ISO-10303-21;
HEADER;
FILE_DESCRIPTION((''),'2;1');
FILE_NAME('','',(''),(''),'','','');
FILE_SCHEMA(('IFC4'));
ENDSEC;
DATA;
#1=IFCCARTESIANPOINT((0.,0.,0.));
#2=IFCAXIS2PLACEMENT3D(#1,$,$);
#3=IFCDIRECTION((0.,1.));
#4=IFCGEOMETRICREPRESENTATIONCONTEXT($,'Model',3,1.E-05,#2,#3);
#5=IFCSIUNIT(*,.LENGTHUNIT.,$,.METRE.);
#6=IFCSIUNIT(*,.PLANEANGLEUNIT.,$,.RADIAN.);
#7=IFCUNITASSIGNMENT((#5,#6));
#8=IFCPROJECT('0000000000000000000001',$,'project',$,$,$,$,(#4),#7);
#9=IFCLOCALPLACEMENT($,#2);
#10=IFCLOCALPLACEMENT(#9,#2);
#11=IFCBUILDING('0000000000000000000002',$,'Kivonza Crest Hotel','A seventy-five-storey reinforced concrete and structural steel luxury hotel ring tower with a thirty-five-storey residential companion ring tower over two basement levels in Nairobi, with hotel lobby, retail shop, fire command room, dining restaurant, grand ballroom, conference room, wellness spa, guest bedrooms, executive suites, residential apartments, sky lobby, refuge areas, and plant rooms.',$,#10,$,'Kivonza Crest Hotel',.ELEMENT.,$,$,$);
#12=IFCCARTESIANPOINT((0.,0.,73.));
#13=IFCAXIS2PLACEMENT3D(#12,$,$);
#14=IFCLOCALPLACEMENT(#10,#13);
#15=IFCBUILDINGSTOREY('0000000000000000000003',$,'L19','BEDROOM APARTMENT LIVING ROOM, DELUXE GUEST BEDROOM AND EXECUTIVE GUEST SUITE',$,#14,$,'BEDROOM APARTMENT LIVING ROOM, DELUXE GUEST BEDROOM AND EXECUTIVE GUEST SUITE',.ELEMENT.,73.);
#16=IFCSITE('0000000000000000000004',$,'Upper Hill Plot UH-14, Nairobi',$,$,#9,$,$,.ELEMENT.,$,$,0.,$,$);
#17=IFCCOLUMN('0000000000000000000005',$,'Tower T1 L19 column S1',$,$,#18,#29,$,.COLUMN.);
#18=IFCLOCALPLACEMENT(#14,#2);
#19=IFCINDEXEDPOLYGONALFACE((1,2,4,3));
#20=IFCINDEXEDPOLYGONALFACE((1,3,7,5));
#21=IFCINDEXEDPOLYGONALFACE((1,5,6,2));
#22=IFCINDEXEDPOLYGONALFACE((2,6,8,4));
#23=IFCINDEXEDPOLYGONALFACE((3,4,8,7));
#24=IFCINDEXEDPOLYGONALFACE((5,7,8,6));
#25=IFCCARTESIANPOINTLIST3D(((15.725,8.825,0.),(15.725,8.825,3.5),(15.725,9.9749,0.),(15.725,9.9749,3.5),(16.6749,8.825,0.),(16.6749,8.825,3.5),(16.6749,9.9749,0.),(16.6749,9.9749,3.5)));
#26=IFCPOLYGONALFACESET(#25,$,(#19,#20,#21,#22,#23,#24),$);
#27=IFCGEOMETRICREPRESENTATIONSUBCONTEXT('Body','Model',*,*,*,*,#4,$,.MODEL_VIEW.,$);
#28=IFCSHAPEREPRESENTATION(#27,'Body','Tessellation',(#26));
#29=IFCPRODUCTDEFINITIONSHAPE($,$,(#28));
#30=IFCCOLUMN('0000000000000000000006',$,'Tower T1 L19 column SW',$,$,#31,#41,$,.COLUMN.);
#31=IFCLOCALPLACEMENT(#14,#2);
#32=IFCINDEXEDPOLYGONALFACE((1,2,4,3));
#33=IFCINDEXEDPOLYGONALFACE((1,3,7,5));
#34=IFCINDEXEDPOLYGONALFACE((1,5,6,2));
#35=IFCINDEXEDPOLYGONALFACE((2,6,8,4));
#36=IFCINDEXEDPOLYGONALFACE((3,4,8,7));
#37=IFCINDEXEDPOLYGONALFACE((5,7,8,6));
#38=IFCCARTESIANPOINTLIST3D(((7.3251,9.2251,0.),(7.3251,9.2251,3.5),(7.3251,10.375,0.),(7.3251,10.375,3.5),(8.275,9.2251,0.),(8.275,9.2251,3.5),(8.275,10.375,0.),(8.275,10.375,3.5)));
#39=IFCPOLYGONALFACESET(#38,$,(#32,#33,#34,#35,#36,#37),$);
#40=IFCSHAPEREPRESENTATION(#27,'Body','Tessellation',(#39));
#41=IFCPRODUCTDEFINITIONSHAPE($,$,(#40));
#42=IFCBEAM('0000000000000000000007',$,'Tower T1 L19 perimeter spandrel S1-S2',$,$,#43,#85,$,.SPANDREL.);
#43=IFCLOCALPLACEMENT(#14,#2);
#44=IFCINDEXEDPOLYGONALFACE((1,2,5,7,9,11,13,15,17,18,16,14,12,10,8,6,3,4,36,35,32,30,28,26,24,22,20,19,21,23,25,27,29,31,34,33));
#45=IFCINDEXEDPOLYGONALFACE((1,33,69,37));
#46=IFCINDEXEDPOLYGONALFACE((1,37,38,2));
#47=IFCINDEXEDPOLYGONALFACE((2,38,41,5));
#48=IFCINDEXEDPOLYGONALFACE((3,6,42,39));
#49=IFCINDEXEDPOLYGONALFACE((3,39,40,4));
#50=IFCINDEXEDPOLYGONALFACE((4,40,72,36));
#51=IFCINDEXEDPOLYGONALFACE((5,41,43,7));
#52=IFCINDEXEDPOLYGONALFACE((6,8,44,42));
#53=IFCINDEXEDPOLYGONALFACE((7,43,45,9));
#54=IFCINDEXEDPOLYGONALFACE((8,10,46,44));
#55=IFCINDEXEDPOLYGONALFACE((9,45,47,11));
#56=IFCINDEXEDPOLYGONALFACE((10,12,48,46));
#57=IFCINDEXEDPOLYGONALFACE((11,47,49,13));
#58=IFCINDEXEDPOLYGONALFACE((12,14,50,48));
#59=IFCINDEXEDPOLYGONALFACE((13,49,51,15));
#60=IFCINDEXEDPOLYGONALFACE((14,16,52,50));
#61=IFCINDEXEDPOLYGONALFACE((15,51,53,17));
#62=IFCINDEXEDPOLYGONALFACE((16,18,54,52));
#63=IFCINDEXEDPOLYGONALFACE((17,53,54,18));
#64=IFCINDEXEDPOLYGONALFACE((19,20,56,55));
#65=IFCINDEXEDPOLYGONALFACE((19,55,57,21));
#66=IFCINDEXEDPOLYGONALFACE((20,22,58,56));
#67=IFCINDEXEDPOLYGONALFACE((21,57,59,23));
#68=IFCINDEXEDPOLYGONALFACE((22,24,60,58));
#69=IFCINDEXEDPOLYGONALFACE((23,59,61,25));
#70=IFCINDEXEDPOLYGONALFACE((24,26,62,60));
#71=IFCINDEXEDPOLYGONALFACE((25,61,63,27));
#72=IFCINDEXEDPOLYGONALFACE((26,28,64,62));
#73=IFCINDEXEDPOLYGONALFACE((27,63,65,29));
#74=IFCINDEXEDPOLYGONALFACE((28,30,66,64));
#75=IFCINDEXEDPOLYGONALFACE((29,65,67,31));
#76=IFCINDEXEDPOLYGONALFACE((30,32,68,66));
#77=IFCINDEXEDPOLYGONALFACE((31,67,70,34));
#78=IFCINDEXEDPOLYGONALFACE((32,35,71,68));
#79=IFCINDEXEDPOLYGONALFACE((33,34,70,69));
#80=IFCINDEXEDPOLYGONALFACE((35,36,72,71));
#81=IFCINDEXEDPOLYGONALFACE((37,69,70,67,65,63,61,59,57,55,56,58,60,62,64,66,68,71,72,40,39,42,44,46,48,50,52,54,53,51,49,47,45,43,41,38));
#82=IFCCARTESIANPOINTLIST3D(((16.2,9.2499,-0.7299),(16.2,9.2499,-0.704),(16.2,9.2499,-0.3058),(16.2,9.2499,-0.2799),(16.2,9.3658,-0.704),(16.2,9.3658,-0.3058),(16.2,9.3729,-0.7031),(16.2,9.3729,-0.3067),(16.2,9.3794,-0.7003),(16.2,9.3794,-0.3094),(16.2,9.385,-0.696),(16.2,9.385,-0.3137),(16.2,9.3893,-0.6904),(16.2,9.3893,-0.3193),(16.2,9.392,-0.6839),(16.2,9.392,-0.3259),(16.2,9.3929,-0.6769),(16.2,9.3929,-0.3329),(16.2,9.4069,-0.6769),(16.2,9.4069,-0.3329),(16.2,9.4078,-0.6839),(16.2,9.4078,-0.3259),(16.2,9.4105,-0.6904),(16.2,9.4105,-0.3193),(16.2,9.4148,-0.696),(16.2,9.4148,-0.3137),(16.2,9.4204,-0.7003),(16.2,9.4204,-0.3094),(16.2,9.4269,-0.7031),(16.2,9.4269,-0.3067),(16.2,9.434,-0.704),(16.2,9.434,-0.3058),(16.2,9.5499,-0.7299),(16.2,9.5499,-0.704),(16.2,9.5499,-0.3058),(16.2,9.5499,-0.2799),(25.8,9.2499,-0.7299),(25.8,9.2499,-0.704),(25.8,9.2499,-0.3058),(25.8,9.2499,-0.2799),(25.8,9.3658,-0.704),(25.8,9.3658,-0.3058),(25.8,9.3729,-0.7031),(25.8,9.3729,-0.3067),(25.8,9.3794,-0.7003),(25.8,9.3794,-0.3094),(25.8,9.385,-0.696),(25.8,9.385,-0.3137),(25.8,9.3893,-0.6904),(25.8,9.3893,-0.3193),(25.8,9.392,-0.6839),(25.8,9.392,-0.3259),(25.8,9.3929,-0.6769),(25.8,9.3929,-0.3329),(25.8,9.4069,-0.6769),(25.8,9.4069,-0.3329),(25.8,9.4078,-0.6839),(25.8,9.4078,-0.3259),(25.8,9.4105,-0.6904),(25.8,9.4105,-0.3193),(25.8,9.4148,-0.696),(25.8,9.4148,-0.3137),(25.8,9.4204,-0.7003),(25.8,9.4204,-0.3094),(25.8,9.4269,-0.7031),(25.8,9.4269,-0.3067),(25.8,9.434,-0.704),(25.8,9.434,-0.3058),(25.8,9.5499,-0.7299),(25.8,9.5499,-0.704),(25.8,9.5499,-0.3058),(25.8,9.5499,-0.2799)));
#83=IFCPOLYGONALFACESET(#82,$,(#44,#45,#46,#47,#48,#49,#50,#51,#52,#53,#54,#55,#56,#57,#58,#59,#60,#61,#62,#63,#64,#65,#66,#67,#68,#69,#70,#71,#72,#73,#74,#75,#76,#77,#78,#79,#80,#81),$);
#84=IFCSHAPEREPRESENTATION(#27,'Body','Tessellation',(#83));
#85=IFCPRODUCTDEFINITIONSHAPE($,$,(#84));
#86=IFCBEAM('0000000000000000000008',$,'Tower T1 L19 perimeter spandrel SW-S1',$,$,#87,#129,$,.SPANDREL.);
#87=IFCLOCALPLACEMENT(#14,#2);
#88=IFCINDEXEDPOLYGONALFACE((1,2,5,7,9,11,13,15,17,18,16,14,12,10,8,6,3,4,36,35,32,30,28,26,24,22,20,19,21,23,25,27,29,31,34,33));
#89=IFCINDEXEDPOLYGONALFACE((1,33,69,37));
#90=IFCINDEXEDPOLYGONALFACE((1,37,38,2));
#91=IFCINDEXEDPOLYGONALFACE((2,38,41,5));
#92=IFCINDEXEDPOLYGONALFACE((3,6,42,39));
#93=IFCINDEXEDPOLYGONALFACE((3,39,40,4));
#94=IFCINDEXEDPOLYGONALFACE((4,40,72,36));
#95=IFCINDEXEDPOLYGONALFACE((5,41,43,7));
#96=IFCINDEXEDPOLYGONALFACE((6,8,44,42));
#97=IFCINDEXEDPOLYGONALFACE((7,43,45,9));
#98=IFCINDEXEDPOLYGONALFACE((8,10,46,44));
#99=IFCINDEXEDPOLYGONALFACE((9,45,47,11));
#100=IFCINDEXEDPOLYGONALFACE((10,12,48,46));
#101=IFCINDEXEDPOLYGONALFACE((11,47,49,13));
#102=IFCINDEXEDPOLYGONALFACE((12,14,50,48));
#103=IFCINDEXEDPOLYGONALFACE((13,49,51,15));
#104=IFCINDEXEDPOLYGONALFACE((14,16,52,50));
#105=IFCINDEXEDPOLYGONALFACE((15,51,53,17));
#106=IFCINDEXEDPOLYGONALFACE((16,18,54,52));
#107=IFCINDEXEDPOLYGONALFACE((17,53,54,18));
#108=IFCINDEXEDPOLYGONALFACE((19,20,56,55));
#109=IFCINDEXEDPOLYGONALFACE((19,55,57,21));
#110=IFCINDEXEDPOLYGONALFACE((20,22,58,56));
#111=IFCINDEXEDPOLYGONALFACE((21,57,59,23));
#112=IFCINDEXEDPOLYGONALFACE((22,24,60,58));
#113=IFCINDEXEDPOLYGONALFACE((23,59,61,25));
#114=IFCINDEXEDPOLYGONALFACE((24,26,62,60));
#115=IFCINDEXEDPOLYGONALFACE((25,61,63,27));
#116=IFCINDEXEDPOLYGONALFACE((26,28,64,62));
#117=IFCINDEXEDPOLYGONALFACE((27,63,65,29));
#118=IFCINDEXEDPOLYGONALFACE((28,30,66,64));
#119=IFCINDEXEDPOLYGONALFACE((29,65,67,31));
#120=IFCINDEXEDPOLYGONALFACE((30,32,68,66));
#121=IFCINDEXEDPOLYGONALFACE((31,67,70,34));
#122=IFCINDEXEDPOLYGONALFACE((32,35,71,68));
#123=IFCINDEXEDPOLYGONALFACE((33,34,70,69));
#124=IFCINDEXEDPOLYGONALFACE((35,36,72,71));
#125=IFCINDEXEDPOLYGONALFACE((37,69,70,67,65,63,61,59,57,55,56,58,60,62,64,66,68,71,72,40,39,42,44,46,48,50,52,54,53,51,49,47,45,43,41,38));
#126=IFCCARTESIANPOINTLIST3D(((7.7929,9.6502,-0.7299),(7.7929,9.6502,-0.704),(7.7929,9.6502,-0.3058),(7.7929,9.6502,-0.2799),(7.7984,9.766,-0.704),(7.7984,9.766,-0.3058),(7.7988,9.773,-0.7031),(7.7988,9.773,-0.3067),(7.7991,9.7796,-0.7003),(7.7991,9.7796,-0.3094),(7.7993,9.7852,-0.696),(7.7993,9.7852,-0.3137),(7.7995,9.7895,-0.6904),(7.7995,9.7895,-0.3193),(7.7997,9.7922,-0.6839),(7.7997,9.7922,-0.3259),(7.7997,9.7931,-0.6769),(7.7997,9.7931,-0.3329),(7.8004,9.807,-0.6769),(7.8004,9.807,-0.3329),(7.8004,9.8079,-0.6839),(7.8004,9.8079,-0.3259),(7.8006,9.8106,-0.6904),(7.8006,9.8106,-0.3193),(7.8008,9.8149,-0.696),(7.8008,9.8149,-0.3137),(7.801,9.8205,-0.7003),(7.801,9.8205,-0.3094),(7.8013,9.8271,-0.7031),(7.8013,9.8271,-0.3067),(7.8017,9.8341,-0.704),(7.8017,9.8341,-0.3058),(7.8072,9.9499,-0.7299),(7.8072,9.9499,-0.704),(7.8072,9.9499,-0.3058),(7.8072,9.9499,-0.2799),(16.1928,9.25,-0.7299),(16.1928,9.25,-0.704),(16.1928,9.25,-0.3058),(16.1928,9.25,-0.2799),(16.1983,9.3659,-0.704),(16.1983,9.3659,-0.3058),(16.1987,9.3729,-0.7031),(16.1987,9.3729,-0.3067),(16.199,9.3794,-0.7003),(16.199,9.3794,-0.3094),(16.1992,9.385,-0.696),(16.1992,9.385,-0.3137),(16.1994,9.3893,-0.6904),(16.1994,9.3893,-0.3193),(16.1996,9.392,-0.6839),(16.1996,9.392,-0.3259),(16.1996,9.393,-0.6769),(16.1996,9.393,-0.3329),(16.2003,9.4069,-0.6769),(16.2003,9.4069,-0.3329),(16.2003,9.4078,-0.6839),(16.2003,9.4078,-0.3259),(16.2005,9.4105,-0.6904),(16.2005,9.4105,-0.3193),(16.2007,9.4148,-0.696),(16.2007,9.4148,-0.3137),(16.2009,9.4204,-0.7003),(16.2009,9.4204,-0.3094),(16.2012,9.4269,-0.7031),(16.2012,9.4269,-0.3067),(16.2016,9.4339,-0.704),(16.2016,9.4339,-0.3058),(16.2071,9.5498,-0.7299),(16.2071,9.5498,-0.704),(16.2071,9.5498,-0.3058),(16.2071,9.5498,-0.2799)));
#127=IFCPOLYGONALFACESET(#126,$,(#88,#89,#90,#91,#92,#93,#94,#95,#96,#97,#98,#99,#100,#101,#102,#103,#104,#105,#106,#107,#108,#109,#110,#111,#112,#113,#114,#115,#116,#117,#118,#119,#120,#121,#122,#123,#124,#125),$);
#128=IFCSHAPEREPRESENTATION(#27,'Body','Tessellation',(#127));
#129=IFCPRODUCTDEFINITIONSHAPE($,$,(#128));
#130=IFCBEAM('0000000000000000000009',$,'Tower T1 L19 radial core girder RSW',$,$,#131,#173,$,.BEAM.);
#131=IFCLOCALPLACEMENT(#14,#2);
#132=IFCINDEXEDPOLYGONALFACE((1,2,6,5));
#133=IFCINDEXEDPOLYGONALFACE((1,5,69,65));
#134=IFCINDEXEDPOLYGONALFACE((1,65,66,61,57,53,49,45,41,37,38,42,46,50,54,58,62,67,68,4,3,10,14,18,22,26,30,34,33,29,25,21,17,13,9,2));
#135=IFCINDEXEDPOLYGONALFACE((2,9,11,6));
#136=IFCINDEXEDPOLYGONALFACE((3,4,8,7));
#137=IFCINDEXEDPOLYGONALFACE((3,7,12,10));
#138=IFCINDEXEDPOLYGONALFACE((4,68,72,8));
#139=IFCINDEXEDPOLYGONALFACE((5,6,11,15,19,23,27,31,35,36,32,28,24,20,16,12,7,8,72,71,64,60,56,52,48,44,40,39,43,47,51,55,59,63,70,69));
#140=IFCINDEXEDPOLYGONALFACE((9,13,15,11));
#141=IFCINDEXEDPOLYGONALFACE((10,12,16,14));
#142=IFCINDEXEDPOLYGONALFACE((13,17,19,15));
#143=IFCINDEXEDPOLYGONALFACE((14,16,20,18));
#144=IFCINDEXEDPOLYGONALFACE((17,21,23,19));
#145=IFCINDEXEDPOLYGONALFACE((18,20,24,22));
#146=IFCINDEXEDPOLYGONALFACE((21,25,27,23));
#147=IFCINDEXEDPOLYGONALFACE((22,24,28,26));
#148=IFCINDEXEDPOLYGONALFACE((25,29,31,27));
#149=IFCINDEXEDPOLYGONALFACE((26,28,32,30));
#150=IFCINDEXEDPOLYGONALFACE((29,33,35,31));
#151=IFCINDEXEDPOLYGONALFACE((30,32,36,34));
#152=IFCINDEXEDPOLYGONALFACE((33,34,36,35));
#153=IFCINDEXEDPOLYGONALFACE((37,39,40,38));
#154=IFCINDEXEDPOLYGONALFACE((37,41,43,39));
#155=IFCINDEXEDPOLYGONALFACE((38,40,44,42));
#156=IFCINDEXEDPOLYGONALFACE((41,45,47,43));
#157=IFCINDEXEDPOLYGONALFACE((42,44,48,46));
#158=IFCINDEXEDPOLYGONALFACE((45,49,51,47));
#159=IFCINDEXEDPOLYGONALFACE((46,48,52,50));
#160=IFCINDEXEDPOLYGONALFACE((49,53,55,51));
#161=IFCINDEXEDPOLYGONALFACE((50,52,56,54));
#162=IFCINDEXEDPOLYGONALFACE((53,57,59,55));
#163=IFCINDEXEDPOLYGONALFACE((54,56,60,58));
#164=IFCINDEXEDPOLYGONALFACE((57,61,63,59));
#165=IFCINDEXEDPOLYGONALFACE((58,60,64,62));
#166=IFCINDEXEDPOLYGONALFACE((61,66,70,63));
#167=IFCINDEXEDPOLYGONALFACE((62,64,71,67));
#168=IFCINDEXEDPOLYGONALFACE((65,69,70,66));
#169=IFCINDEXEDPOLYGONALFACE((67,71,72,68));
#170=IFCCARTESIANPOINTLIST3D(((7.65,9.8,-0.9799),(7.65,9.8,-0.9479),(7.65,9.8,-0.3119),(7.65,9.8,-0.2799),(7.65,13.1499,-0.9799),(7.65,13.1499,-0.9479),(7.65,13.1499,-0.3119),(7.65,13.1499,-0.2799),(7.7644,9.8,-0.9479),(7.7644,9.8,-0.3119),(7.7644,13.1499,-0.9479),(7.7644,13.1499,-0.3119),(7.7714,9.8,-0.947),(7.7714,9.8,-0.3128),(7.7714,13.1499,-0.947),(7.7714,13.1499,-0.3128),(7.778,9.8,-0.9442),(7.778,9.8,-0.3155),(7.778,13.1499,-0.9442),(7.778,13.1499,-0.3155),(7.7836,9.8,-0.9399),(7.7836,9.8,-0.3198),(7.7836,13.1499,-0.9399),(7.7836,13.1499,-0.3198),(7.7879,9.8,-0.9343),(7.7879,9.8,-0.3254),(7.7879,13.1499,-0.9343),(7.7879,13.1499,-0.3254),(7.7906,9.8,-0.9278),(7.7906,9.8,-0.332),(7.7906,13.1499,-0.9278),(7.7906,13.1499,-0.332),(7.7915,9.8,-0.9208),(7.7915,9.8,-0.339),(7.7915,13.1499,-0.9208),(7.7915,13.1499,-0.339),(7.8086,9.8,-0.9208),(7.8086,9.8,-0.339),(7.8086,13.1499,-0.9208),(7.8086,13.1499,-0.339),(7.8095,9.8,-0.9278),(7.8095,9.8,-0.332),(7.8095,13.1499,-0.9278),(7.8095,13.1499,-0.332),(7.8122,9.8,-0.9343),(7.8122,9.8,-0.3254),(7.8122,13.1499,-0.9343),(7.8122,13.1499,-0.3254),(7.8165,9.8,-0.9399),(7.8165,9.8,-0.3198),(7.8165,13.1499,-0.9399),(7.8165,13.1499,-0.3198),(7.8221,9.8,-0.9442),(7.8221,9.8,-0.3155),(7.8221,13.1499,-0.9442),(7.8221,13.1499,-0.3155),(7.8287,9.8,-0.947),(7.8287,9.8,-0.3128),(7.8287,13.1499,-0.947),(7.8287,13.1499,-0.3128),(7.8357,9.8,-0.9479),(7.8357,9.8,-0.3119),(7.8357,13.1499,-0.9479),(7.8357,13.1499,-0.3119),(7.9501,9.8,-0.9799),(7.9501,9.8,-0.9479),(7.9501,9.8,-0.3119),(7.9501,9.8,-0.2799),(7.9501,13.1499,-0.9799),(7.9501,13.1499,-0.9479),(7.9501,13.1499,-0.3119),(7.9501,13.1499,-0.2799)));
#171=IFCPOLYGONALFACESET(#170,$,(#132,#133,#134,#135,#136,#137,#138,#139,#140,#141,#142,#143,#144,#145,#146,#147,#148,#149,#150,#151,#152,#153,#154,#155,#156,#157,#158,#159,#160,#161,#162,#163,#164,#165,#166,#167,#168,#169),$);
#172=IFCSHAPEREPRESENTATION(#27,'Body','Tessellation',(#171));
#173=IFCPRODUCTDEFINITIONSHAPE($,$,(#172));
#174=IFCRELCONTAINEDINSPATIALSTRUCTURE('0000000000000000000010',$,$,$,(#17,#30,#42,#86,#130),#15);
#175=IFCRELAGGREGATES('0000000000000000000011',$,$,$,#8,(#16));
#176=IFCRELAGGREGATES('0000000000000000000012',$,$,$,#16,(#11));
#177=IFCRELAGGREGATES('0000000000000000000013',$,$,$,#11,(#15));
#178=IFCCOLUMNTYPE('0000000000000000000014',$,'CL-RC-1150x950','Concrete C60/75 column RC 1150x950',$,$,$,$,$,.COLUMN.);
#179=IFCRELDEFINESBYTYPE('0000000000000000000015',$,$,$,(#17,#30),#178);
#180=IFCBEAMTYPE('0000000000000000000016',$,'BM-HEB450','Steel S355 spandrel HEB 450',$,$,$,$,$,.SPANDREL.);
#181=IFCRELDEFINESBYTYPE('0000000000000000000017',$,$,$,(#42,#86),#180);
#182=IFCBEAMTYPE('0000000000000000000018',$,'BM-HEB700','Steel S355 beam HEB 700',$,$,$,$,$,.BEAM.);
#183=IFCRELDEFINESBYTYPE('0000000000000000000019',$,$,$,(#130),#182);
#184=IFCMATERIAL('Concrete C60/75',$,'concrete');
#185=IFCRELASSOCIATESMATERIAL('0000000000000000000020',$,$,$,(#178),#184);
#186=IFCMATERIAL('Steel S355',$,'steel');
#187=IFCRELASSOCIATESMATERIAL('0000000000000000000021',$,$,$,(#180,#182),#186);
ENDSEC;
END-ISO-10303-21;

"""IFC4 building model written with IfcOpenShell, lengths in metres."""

from ifc_helpers import new_model, si_unit, direction, frame, origin, origin_2d, place, context, subcontext, project, spatial, rectangle, i_section, extrude, material, material_profile, profile_set, type_object, element, save


model = new_model("IFC4")

# Units and contexts
model_context = context("Model", 3, precision=1e-05, world=origin(), true_north=direction((0.0, 1.0)))
body_context = subcontext(model_context, "Body", "Model", "MODEL_VIEW")
ifc_project = project(units=[si_unit("LENGTHUNIT", "METRE"), si_unit("PLANEANGLEUNIT", "RADIAN")], contexts=[model_context])

# Site, building, storey
site_placement = place(None, origin())
site = spatial("IfcSite", under=ifc_project, at=site_placement, Name="Upper Hill Plot UH-14, Nairobi", CompositionType="ELEMENT", RefElevation=0.0)
building_placement = place(site_placement, origin())
building = spatial("IfcBuilding", under=site, at=building_placement, Name="Kivonza Crest Hotel", Description="A seventy-five-storey reinforced concrete and structural steel luxury hotel ring tower with a thirty-five-storey residential companion ring tower over two basement levels in Nairobi, with hotel lobby, retail shop, fire command room, dining restaurant, grand ballroom, conference room, wellness spa, guest bedrooms, executive suites, residential apartments, sky lobby, refuge areas, and plant rooms.", LongName="Kivonza Crest Hotel", CompositionType="ELEMENT")
storey_placement = place(building_placement, frame((0.0, 0.0, 73.0)))
storey = spatial("IfcBuildingStorey", under=building, at=storey_placement, Name="L19", Description="BEDROOM APARTMENT LIVING ROOM, DELUXE GUEST BEDROOM AND EXECUTIVE GUEST SUITE", LongName="BEDROOM APARTMENT LIVING ROOM, DELUXE GUEST BEDROOM AND EXECUTIVE GUEST SUITE", CompositionType="ELEMENT", Elevation=73.0)

# Columns
ifc_material_1 = material(Name="Concrete C60/75", Category="concrete")
ifc_material_profile_1 = material_profile(ifc_material_1, rectangle(XDim=0.95, YDim=1.1499, at=origin_2d()), Name="RC 1150x950")
ifc_profile_set_1 = profile_set([ifc_material_profile_1], Name="Concrete C60/75")
column_type = type_object("IfcColumnType", Name="CL-RC-1150x950", Description="Concrete C60/75 column RC 1150x950", PredefinedType="COLUMN", material=ifc_profile_set_1)
for number, where, z_axis, x_axis, name in (
    (1, (16.2, 9.3999, 0.0), (0.0, 0.0, 1.0), (1.0, 0.0, 0.0), "Tower T1 L19 column S1"),
    (2, (7.8, 9.8, 0.0), (0.0, 0.0, 1.0), (1.0, 0.0, 0.0), "Tower T1 L19 column SW"),
):
    element("IfcColumn", number, at=place(storey_placement, frame(where, z_axis=z_axis, x_axis=x_axis)), inside=storey, type_object=column_type, Name=name, PredefinedType="COLUMN", context=body_context, shape_type="SweptSolid", body=[
        extrude(rectangle(XDim=0.95, YDim=1.1499, at=origin_2d()), origin(), (0.0, 0.0, 1.0), 3.5),
    ])

# Beams
ifc_material_2 = material(Name="Steel S355", Category="steel")
ifc_material_profile_2 = material_profile(ifc_material_2, i_section(OverallWidth=0.3, OverallDepth=0.45, WebThickness=0.0139, FlangeThickness=0.0259, FilletRadius=0.0271, at=origin_2d()), Name="HEB 450")
ifc_profile_set_2 = profile_set([ifc_material_profile_2], Name="Steel S355")
beam_type_1 = type_object("IfcBeamType", Name="BM-HEB450", Description="Steel S355 spandrel HEB 450", PredefinedType="SPANDREL", material=ifc_profile_set_2)
beam_1_placement = place(storey_placement, frame((16.2, 9.3999, -0.5049), z_axis=(1.0, 0.0, 0.0), x_axis=(0.0, 1.0, 0.0)))
element("IfcBeam", 3, at=beam_1_placement, inside=storey, type_object=beam_type_1, Name="Tower T1 L19 perimeter spandrel S1-S2", PredefinedType="SPANDREL", context=body_context, shape_type="SweptSolid", body=[
    extrude(i_section(OverallWidth=0.3, OverallDepth=0.45, WebThickness=0.0139, FlangeThickness=0.0259, FilletRadius=0.0271, at=origin_2d()), origin(), (0.0, 0.0, 1.0), 9.6001),
])
beam_2_placement = place(storey_placement, frame((7.8, 9.8, -0.5049), z_axis=(0.998867, -0.047583, 0.0), x_axis=(0.047583, 0.998867, 0.0)))
element("IfcBeam", 4, at=beam_2_placement, inside=storey, type_object=beam_type_1, Name="Tower T1 L19 perimeter spandrel SW-S1", PredefinedType="SPANDREL", context=body_context, shape_type="SweptSolid", body=[
    extrude(i_section(OverallWidth=0.3, OverallDepth=0.45, WebThickness=0.0139, FlangeThickness=0.0259, FilletRadius=0.0271, at=origin_2d()), origin(), (0.0, 0.0, 1.0), 8.4094),
])
ifc_material_profile_3 = material_profile(ifc_material_2, i_section(OverallWidth=0.3, OverallDepth=0.7, WebThickness=0.0171, FlangeThickness=0.032, FilletRadius=0.0271, at=origin_2d()), Name="HEB 700")
ifc_profile_set_3 = profile_set([ifc_material_profile_3], Name="Steel S355")
beam_type_2 = type_object("IfcBeamType", Name="BM-HEB700", Description="Steel S355 beam HEB 700", PredefinedType="BEAM", material=ifc_profile_set_3)
beam_3_placement = place(storey_placement, frame((7.8, 9.8, -0.6299), z_axis=(0.0, 1.0, 0.0), x_axis=(-1.0, 0.0, 0.0)))
element("IfcBeam", 5, at=beam_3_placement, inside=storey, type_object=beam_type_2, Name="Tower T1 L19 radial core girder RSW", PredefinedType="BEAM", context=body_context, shape_type="SweptSolid", body=[
    extrude(i_section(OverallWidth=0.3, OverallDepth=0.7, WebThickness=0.0171, FlangeThickness=0.032, FilletRadius=0.0271, at=origin_2d()), origin(), (0.0, 0.0, 1.0), 3.3499),
])

save(model, "model.ifc")
